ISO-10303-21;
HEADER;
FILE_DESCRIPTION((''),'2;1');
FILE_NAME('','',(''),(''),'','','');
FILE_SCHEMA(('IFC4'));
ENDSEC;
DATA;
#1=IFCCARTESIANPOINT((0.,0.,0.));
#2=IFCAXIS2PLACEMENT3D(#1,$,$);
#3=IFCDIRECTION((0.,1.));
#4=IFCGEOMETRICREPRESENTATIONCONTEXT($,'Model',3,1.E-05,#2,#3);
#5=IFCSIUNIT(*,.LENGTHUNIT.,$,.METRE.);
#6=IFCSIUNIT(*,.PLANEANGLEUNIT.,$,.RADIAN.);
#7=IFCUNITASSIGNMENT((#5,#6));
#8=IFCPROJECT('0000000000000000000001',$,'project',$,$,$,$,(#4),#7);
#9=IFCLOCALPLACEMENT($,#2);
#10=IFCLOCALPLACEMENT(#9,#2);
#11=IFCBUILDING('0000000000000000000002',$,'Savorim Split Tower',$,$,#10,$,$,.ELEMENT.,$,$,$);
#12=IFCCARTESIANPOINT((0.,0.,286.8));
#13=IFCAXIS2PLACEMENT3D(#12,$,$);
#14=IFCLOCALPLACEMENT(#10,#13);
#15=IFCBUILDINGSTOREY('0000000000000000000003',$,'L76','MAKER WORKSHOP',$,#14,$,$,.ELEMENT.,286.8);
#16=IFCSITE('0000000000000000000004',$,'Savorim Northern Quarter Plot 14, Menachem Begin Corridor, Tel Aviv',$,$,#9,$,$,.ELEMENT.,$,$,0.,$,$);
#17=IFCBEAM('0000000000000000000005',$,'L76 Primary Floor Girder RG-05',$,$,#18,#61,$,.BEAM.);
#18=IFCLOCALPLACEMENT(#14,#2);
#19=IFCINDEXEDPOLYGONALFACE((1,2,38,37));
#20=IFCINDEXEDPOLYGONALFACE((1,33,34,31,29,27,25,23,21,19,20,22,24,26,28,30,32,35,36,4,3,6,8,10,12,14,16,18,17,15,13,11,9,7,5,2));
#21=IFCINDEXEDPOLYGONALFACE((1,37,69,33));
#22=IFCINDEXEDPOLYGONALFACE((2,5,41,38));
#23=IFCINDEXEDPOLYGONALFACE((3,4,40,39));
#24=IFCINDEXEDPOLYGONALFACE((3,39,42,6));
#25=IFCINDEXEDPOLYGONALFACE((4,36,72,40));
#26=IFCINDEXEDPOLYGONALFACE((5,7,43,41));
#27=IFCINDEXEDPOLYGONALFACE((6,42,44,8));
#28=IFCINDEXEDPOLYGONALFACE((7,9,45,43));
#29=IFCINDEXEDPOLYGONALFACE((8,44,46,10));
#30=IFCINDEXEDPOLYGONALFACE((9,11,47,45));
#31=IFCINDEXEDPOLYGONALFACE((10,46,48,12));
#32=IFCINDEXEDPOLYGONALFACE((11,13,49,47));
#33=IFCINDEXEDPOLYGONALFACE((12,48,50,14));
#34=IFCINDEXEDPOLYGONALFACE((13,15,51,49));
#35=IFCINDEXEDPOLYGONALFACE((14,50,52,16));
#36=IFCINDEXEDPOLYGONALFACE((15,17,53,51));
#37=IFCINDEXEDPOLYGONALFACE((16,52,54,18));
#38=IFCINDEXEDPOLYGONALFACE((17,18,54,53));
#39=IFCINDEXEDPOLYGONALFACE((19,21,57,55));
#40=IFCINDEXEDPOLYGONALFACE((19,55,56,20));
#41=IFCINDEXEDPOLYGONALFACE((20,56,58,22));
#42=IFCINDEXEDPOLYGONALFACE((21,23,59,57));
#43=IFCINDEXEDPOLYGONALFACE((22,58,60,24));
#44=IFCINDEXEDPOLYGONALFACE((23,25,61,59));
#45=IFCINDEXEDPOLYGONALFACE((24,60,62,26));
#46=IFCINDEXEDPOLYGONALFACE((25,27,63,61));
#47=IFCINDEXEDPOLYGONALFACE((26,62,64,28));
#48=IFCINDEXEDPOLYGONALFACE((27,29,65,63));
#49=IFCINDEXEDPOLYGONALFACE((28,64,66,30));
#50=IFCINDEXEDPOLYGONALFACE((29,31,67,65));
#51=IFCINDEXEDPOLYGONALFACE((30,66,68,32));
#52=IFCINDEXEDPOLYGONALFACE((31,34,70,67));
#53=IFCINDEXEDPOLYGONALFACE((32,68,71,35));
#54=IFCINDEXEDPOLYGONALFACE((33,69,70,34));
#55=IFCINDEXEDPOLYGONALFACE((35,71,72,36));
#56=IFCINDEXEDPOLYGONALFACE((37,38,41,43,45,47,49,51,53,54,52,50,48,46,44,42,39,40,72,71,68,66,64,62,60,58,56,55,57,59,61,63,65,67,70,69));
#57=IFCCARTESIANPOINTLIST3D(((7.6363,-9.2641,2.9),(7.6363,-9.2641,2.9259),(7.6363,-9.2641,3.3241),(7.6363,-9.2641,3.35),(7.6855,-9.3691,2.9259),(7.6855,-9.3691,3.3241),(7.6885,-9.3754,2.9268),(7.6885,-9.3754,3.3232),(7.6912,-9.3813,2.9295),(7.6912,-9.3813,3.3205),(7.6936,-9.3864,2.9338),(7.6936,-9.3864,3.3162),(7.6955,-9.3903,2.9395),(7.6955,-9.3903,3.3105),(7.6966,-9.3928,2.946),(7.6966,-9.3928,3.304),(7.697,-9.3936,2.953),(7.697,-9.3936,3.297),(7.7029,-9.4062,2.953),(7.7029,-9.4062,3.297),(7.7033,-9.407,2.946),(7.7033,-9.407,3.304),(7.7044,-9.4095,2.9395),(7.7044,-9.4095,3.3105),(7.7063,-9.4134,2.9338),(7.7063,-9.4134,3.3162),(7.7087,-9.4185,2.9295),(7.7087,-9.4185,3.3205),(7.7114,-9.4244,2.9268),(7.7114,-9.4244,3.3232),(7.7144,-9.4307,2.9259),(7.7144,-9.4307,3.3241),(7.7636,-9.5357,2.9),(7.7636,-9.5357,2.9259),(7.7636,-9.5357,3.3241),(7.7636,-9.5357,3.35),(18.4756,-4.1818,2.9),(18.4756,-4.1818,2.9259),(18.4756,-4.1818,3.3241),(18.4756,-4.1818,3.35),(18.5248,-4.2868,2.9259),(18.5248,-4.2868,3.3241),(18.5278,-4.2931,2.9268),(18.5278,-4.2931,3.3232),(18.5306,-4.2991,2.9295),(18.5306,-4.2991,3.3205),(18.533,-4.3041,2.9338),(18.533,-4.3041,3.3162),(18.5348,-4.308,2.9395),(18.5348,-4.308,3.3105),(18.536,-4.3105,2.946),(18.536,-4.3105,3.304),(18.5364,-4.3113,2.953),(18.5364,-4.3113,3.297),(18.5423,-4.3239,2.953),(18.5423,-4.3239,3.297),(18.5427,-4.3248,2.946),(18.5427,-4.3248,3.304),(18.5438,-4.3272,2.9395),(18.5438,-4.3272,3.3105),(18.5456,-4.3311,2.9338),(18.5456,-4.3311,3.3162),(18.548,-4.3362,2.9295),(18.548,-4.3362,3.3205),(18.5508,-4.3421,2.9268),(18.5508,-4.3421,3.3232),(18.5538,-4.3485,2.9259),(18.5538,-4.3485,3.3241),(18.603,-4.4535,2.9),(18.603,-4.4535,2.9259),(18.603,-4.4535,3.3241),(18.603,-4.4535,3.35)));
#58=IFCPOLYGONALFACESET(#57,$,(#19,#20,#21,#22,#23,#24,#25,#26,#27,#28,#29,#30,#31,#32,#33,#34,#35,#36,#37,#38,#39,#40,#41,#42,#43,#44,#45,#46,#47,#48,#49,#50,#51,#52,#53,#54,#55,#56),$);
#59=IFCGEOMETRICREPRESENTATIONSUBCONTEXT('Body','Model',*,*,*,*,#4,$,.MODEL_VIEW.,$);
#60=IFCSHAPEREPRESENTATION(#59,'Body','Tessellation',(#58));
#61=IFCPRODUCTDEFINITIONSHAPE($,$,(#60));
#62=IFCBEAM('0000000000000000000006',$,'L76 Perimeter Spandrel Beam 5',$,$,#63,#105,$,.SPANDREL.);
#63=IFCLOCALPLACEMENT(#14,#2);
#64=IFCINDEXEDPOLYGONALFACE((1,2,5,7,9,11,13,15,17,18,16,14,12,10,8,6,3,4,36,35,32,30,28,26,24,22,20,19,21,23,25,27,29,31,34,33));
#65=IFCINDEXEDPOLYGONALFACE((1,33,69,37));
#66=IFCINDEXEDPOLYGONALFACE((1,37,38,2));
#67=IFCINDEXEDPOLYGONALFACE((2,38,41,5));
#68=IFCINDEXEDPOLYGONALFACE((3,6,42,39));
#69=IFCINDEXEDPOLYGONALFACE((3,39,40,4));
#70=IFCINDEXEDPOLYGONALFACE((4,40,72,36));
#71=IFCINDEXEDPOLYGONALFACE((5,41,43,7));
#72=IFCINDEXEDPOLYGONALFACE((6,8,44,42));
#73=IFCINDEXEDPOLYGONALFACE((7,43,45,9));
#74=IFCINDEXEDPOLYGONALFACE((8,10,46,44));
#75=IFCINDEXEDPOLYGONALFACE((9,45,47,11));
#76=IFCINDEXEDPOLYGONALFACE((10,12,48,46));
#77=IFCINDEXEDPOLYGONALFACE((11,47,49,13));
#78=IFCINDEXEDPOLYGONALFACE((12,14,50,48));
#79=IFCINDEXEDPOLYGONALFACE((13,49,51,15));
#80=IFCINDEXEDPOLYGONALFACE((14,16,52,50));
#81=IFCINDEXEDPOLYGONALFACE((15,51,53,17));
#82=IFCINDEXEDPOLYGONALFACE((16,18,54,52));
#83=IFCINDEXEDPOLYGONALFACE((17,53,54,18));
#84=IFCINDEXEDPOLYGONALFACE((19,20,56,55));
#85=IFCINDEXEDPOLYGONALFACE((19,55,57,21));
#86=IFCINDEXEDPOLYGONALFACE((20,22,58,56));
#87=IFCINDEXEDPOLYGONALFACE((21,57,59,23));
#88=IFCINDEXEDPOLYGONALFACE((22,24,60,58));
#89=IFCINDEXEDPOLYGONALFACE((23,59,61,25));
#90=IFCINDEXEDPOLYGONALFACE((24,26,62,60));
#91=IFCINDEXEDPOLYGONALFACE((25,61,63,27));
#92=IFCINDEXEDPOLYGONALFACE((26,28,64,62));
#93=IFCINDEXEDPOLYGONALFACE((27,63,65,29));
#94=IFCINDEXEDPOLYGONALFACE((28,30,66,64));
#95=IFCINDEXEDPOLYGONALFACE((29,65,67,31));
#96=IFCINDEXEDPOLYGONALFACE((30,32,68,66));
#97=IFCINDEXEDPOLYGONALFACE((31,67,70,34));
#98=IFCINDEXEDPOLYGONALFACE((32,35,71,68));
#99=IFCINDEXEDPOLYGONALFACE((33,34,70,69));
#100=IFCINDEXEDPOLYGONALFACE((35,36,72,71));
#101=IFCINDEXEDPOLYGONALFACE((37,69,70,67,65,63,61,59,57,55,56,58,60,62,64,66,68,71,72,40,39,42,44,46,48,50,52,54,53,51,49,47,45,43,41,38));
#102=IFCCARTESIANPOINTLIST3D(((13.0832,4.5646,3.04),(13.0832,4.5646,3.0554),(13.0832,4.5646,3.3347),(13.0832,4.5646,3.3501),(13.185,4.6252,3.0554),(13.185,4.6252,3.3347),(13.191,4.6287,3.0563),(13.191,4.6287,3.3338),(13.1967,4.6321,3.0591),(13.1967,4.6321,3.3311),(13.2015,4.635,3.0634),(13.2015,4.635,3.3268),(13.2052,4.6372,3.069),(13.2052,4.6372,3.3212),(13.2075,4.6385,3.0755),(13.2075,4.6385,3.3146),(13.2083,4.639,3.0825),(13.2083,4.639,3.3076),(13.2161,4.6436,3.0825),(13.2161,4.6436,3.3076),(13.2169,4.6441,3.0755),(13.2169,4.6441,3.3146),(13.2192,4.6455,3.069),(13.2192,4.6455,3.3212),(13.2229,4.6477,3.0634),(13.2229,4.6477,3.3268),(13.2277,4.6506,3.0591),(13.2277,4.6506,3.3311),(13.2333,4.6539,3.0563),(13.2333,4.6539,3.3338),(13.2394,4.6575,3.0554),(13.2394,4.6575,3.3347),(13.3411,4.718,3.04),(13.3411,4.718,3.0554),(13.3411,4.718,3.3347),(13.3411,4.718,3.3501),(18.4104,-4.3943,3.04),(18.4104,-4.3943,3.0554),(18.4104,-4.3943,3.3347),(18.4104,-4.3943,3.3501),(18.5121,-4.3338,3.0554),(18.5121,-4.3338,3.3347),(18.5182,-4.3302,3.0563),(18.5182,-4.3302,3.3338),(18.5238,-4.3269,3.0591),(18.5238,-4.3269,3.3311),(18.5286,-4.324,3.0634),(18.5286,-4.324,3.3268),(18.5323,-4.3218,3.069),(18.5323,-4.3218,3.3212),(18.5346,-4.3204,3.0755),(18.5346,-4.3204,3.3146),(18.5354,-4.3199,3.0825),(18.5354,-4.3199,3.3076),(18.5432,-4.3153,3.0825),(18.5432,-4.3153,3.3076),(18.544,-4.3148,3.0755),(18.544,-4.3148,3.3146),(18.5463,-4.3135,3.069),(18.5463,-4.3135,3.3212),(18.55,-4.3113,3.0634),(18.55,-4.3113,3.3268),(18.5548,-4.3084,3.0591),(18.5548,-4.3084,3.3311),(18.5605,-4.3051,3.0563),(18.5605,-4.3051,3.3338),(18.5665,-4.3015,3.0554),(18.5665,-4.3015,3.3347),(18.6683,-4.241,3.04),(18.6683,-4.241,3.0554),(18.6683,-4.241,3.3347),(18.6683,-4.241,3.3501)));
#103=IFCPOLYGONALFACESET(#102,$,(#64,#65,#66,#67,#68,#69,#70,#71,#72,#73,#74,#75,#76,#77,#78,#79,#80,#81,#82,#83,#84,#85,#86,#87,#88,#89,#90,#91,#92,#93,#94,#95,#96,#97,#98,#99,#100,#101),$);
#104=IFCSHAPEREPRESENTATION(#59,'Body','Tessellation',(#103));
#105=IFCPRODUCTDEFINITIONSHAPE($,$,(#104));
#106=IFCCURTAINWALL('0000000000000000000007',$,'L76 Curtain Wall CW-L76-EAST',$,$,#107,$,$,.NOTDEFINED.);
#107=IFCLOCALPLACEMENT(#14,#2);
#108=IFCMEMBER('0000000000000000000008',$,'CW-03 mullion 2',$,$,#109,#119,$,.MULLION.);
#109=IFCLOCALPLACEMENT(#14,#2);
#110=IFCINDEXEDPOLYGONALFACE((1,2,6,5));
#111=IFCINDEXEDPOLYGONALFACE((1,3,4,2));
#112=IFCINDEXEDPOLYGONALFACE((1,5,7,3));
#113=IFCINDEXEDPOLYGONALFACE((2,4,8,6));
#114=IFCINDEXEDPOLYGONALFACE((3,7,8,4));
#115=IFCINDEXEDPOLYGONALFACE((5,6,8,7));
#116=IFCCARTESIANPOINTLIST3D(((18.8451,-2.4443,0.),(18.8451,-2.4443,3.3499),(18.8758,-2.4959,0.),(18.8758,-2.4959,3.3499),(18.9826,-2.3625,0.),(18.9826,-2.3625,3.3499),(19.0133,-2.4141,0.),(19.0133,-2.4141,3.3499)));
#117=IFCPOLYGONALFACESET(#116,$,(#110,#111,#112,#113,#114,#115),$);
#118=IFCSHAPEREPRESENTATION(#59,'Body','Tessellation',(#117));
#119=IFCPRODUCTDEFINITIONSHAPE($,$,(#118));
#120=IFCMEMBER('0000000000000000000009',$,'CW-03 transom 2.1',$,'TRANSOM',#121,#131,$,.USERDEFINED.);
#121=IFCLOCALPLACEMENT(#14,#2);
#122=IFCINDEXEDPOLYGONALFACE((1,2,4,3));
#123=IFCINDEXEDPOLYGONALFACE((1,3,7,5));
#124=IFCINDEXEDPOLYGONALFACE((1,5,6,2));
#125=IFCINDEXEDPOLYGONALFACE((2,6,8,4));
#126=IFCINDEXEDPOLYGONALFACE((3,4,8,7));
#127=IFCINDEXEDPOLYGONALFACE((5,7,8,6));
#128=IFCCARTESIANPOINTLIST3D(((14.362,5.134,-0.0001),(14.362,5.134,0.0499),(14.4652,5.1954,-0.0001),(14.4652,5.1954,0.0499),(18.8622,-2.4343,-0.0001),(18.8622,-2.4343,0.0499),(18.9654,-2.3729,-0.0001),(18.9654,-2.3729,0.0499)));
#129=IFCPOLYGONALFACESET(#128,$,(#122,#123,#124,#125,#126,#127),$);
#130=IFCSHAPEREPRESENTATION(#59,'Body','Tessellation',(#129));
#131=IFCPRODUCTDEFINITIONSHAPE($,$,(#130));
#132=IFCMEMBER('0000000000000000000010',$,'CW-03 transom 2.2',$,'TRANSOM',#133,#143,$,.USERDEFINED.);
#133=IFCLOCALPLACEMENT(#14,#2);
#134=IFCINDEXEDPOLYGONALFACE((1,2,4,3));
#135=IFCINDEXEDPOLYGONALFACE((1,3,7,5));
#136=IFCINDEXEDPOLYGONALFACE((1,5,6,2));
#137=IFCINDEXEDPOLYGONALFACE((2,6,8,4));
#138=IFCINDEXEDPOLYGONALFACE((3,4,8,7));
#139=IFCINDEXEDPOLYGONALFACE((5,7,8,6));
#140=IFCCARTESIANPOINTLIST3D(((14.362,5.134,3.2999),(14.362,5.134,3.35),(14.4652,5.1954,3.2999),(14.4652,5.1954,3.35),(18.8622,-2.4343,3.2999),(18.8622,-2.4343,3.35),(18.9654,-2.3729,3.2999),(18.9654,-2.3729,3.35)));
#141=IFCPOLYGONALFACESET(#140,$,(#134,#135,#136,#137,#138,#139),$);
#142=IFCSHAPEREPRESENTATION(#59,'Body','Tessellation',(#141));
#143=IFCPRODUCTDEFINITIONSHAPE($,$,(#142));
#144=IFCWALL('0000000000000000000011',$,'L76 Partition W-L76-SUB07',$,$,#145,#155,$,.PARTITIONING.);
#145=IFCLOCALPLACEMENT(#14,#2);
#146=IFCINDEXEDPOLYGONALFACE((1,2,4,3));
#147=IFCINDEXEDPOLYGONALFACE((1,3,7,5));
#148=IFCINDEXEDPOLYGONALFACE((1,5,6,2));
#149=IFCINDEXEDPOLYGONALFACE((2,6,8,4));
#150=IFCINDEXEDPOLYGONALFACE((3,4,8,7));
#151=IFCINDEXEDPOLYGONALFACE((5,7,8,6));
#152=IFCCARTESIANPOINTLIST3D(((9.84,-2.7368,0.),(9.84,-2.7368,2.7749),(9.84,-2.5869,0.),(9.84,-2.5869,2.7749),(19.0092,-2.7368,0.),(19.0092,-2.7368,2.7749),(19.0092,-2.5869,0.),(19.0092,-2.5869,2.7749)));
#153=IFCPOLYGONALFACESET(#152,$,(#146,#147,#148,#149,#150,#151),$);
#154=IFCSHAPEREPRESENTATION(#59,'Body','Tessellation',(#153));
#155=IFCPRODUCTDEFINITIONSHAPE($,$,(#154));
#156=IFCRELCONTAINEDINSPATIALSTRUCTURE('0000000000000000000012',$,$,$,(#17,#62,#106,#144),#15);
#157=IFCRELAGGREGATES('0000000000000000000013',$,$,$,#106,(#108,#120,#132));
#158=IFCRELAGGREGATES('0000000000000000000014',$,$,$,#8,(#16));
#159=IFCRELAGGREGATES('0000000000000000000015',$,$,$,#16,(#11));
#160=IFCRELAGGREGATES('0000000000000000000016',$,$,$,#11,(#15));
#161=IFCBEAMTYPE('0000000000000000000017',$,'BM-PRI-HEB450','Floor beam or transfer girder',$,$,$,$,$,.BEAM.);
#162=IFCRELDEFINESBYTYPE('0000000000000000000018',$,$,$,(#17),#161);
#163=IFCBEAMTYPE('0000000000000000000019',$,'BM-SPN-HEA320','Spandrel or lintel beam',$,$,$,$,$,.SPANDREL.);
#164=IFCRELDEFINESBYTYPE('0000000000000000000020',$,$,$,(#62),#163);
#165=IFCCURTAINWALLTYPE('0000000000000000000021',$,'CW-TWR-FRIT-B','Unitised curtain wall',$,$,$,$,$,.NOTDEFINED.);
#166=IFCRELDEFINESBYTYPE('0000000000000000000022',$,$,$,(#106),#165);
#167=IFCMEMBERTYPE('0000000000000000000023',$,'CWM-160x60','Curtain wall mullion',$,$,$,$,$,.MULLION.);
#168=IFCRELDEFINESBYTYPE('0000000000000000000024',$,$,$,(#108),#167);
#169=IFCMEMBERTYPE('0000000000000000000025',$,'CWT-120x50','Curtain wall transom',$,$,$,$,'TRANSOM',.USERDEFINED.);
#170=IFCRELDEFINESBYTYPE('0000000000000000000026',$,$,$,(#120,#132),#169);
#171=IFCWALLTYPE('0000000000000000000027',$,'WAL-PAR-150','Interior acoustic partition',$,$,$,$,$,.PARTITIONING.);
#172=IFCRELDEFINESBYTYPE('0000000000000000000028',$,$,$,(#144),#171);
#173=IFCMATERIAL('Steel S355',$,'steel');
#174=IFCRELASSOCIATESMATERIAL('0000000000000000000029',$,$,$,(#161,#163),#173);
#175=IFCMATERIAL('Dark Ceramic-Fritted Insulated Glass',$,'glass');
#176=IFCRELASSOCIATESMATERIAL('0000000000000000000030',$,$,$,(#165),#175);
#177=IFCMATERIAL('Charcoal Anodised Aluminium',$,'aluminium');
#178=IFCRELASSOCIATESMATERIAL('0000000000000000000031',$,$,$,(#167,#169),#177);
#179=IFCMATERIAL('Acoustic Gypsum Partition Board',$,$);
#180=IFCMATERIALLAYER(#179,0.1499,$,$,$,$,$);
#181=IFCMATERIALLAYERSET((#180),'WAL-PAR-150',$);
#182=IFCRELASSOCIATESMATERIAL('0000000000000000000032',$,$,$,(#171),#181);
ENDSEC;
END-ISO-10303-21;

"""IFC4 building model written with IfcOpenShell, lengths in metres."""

from ifc_helpers import new_model, si_unit, direction, frame, frame_2d, origin, origin_2d, place, context, subcontext, project, spatial, rectangle, i_section, extrude, material, layer, layer_set, material_profile, profile_set, type_object, element, aggregate, save


model = new_model("IFC4")

# Units and contexts
model_context = context("Model", 3, precision=1e-05, world=origin(), true_north=direction((0.0, 1.0)))
body_context = subcontext(model_context, "Body", "Model", "MODEL_VIEW")
ifc_project = project(units=[si_unit("LENGTHUNIT", "METRE"), si_unit("PLANEANGLEUNIT", "RADIAN")], contexts=[model_context])

# Site, building, storey
site_placement = place(None, origin())
site = spatial("IfcSite", under=ifc_project, at=site_placement, Name="Savorim Northern Quarter Plot 14, Menachem Begin Corridor, Tel Aviv", CompositionType="ELEMENT", RefElevation=0.0)
building_placement = place(site_placement, origin())
building = spatial("IfcBuilding", under=site, at=building_placement, Name="Savorim Split Tower", CompositionType="ELEMENT")
storey_placement = place(building_placement, frame((0.0, 0.0, 286.8)))
storey = spatial("IfcBuildingStorey", under=building, at=storey_placement, Name="L76", Description="MAKER WORKSHOP", CompositionType="ELEMENT", Elevation=286.8)

# Beams
ifc_material_1 = material(Name="Steel S355", Category="steel")
ifc_material_profile_1 = material_profile(ifc_material_1, i_section(OverallWidth=0.3, OverallDepth=0.45, WebThickness=0.0139, FlangeThickness=0.0259, FilletRadius=0.0271, at=origin_2d()), Name="HEB 450")
ifc_profile_set_1 = profile_set([ifc_material_profile_1], Name="Steel S355")
beam_type_1 = type_object("IfcBeamType", Name="BM-PRI-HEB450", Description="Floor beam or transfer girder", PredefinedType="BEAM", material=ifc_profile_set_1)
beam_1_placement = place(storey_placement, frame((18.5393, -4.3176, 3.125), z_axis=(-0.905416, -0.424525, 0.0), x_axis=(0.424525, -0.905416, 0.0)))
element("IfcBeam", 1, at=beam_1_placement, inside=storey, type_object=beam_type_1, Name="L76 Primary Floor Girder RG-05", PredefinedType="BEAM", context=body_context, shape_type="SweptSolid", body=[
    extrude(i_section(OverallWidth=0.3, OverallDepth=0.45, WebThickness=0.0139, FlangeThickness=0.0259, FilletRadius=0.0271, at=origin_2d()), origin(), (0.0, 0.0, 1.0), 11.9717),
])
ifc_material_profile_2 = material_profile(ifc_material_1, i_section(OverallWidth=0.3, OverallDepth=0.3101, WebThickness=0.009, FlangeThickness=0.0154, FilletRadius=0.0271, at=origin_2d()), Name="HEA 320")
ifc_profile_set_2 = profile_set([ifc_material_profile_2], Name="Steel S355")
beam_type_2 = type_object("IfcBeamType", Name="BM-SPN-HEA320", Description="Spandrel or lintel beam", PredefinedType="SPANDREL", material=ifc_profile_set_2)
beam_2_placement = place(storey_placement, frame((18.5393, -4.3176, 3.1951), z_axis=(-0.511088, 0.859528, 0.0), x_axis=(-0.859528, -0.511088, 0.0)))
element("IfcBeam", 2, at=beam_2_placement, inside=storey, type_object=beam_type_2, Name="L76 Perimeter Spandrel Beam 5", PredefinedType="SPANDREL", context=body_context, shape_type="SweptSolid", body=[
    extrude(i_section(OverallWidth=0.3, OverallDepth=0.3101, WebThickness=0.009, FlangeThickness=0.0154, FilletRadius=0.0271, at=origin_2d()), origin(), (0.0, 0.0, 1.0), 10.4231),
])

# Curtain wall, members
ifc_material_2 = material(Name="Dark Ceramic-Fritted Insulated Glass", Category="glass")
curtain_wall_type = type_object("IfcCurtainWallType", Name="CW-TWR-FRIT-B", Description="Unitised curtain wall", PredefinedType="NOTDEFINED", material=ifc_material_2)
curtain_wall_placement = place(storey_placement, origin())
curtain_wall = element("IfcCurtainWall", 3, at=curtain_wall_placement, inside=storey, type_object=curtain_wall_type, Name="L76 Curtain Wall CW-L76-EAST", PredefinedType="NOTDEFINED")
ifc_material_3 = material(Name="Charcoal Anodised Aluminium", Category="aluminium")
ifc_material_profile_3 = material_profile(ifc_material_3, rectangle(XDim=0.1599, YDim=0.0601, at=origin_2d()), Name="ALU-M 160x60")
ifc_profile_set_3 = profile_set([ifc_material_profile_3], Name="Charcoal Anodised Aluminium")
member_type_1 = type_object("IfcMemberType", Name="CWM-160x60", Description="Curtain wall mullion", PredefinedType="MULLION", material=ifc_profile_set_3)
member_1_placement = place(storey_placement, frame((18.9292, -2.4292, 0.0), z_axis=(0.0, 0.0, 1.0), x_axis=(-0.859526, -0.511092, 0.0)))
member_1 = element("IfcMember", 4, at=member_1_placement, type_object=member_type_1, Name="CW-03 mullion 2", PredefinedType="MULLION", context=body_context, shape_type="SweptSolid", body=[
    extrude(rectangle(XDim=0.1599, YDim=0.0601, at=origin_2d()), origin(), (0.0, 0.0, 1.0), 3.3499),
])
ifc_material_profile_4 = material_profile(ifc_material_3, rectangle(XDim=0.1201, YDim=0.05, at=origin_2d()), Name="ALU-T 120x50")
ifc_profile_set_4 = profile_set([ifc_material_profile_4], Name="Charcoal Anodised Aluminium")
member_type_2 = type_object("IfcMemberType", Name="CWT-120x50", Description="Curtain wall transom", ElementType="TRANSOM", PredefinedType="USERDEFINED", material=ifc_profile_set_4)
member_2_placement = place(storey_placement, frame((18.9138, -2.4036, 0.0249), z_axis=(-0.511087, 0.859529, 0.0), x_axis=(-0.859529, -0.511087, 0.0)))
member_2 = element("IfcMember", 5, at=member_2_placement, type_object=member_type_2, Name="CW-03 transom 2.1", ObjectType="TRANSOM", PredefinedType="USERDEFINED", context=body_context, shape_type="SweptSolid", body=[
    extrude(rectangle(XDim=0.1201, YDim=0.05, at=origin_2d()), origin(), (0.0, 0.0, 1.0), 8.8052),
])
member_3_placement = place(storey_placement, frame((18.9138, -2.4036, 3.325), z_axis=(-0.511087, 0.859529, 0.0), x_axis=(-0.859529, -0.511087, 0.0)))
member_3 = element("IfcMember", 6, at=member_3_placement, type_object=member_type_2, Name="CW-03 transom 2.2", ObjectType="TRANSOM", PredefinedType="USERDEFINED", context=body_context, shape_type="SweptSolid", body=[
    extrude(rectangle(XDim=0.1201, YDim=0.05, at=origin_2d()), origin(), (0.0, 0.0, 1.0), 8.8052),
])
aggregate(curtain_wall, [member_1, member_2, member_3])

# Wall
ifc_material_4 = material(Name="Acoustic Gypsum Partition Board")
ifc_layer_1 = layer(ifc_material_4, 0.1499)
ifc_layer_set_1 = layer_set([ifc_layer_1], Name="WAL-PAR-150")
wall_type = type_object("IfcWallType", Name="WAL-PAR-150", Description="Interior acoustic partition", PredefinedType="PARTITIONING", material=ifc_layer_set_1)
wall_placement = place(storey_placement, frame((9.8401, -2.6619, 0.0), z_axis=(0.0, 0.0, 1.0), x_axis=(1.0, 0.0, 0.0)))
element("IfcWall", 7, at=wall_placement, inside=storey, type_object=wall_type, Name="L76 Partition W-L76-SUB07", PredefinedType="PARTITIONING", context=body_context, shape_type="SweptSolid", body=[
    extrude(rectangle(XDim=9.1692, YDim=0.1499, at=frame_2d((4.5845, 0.0))), origin(), (0.0, 0.0, 1.0), 2.7749),
])

save(model, "model.ifc")
